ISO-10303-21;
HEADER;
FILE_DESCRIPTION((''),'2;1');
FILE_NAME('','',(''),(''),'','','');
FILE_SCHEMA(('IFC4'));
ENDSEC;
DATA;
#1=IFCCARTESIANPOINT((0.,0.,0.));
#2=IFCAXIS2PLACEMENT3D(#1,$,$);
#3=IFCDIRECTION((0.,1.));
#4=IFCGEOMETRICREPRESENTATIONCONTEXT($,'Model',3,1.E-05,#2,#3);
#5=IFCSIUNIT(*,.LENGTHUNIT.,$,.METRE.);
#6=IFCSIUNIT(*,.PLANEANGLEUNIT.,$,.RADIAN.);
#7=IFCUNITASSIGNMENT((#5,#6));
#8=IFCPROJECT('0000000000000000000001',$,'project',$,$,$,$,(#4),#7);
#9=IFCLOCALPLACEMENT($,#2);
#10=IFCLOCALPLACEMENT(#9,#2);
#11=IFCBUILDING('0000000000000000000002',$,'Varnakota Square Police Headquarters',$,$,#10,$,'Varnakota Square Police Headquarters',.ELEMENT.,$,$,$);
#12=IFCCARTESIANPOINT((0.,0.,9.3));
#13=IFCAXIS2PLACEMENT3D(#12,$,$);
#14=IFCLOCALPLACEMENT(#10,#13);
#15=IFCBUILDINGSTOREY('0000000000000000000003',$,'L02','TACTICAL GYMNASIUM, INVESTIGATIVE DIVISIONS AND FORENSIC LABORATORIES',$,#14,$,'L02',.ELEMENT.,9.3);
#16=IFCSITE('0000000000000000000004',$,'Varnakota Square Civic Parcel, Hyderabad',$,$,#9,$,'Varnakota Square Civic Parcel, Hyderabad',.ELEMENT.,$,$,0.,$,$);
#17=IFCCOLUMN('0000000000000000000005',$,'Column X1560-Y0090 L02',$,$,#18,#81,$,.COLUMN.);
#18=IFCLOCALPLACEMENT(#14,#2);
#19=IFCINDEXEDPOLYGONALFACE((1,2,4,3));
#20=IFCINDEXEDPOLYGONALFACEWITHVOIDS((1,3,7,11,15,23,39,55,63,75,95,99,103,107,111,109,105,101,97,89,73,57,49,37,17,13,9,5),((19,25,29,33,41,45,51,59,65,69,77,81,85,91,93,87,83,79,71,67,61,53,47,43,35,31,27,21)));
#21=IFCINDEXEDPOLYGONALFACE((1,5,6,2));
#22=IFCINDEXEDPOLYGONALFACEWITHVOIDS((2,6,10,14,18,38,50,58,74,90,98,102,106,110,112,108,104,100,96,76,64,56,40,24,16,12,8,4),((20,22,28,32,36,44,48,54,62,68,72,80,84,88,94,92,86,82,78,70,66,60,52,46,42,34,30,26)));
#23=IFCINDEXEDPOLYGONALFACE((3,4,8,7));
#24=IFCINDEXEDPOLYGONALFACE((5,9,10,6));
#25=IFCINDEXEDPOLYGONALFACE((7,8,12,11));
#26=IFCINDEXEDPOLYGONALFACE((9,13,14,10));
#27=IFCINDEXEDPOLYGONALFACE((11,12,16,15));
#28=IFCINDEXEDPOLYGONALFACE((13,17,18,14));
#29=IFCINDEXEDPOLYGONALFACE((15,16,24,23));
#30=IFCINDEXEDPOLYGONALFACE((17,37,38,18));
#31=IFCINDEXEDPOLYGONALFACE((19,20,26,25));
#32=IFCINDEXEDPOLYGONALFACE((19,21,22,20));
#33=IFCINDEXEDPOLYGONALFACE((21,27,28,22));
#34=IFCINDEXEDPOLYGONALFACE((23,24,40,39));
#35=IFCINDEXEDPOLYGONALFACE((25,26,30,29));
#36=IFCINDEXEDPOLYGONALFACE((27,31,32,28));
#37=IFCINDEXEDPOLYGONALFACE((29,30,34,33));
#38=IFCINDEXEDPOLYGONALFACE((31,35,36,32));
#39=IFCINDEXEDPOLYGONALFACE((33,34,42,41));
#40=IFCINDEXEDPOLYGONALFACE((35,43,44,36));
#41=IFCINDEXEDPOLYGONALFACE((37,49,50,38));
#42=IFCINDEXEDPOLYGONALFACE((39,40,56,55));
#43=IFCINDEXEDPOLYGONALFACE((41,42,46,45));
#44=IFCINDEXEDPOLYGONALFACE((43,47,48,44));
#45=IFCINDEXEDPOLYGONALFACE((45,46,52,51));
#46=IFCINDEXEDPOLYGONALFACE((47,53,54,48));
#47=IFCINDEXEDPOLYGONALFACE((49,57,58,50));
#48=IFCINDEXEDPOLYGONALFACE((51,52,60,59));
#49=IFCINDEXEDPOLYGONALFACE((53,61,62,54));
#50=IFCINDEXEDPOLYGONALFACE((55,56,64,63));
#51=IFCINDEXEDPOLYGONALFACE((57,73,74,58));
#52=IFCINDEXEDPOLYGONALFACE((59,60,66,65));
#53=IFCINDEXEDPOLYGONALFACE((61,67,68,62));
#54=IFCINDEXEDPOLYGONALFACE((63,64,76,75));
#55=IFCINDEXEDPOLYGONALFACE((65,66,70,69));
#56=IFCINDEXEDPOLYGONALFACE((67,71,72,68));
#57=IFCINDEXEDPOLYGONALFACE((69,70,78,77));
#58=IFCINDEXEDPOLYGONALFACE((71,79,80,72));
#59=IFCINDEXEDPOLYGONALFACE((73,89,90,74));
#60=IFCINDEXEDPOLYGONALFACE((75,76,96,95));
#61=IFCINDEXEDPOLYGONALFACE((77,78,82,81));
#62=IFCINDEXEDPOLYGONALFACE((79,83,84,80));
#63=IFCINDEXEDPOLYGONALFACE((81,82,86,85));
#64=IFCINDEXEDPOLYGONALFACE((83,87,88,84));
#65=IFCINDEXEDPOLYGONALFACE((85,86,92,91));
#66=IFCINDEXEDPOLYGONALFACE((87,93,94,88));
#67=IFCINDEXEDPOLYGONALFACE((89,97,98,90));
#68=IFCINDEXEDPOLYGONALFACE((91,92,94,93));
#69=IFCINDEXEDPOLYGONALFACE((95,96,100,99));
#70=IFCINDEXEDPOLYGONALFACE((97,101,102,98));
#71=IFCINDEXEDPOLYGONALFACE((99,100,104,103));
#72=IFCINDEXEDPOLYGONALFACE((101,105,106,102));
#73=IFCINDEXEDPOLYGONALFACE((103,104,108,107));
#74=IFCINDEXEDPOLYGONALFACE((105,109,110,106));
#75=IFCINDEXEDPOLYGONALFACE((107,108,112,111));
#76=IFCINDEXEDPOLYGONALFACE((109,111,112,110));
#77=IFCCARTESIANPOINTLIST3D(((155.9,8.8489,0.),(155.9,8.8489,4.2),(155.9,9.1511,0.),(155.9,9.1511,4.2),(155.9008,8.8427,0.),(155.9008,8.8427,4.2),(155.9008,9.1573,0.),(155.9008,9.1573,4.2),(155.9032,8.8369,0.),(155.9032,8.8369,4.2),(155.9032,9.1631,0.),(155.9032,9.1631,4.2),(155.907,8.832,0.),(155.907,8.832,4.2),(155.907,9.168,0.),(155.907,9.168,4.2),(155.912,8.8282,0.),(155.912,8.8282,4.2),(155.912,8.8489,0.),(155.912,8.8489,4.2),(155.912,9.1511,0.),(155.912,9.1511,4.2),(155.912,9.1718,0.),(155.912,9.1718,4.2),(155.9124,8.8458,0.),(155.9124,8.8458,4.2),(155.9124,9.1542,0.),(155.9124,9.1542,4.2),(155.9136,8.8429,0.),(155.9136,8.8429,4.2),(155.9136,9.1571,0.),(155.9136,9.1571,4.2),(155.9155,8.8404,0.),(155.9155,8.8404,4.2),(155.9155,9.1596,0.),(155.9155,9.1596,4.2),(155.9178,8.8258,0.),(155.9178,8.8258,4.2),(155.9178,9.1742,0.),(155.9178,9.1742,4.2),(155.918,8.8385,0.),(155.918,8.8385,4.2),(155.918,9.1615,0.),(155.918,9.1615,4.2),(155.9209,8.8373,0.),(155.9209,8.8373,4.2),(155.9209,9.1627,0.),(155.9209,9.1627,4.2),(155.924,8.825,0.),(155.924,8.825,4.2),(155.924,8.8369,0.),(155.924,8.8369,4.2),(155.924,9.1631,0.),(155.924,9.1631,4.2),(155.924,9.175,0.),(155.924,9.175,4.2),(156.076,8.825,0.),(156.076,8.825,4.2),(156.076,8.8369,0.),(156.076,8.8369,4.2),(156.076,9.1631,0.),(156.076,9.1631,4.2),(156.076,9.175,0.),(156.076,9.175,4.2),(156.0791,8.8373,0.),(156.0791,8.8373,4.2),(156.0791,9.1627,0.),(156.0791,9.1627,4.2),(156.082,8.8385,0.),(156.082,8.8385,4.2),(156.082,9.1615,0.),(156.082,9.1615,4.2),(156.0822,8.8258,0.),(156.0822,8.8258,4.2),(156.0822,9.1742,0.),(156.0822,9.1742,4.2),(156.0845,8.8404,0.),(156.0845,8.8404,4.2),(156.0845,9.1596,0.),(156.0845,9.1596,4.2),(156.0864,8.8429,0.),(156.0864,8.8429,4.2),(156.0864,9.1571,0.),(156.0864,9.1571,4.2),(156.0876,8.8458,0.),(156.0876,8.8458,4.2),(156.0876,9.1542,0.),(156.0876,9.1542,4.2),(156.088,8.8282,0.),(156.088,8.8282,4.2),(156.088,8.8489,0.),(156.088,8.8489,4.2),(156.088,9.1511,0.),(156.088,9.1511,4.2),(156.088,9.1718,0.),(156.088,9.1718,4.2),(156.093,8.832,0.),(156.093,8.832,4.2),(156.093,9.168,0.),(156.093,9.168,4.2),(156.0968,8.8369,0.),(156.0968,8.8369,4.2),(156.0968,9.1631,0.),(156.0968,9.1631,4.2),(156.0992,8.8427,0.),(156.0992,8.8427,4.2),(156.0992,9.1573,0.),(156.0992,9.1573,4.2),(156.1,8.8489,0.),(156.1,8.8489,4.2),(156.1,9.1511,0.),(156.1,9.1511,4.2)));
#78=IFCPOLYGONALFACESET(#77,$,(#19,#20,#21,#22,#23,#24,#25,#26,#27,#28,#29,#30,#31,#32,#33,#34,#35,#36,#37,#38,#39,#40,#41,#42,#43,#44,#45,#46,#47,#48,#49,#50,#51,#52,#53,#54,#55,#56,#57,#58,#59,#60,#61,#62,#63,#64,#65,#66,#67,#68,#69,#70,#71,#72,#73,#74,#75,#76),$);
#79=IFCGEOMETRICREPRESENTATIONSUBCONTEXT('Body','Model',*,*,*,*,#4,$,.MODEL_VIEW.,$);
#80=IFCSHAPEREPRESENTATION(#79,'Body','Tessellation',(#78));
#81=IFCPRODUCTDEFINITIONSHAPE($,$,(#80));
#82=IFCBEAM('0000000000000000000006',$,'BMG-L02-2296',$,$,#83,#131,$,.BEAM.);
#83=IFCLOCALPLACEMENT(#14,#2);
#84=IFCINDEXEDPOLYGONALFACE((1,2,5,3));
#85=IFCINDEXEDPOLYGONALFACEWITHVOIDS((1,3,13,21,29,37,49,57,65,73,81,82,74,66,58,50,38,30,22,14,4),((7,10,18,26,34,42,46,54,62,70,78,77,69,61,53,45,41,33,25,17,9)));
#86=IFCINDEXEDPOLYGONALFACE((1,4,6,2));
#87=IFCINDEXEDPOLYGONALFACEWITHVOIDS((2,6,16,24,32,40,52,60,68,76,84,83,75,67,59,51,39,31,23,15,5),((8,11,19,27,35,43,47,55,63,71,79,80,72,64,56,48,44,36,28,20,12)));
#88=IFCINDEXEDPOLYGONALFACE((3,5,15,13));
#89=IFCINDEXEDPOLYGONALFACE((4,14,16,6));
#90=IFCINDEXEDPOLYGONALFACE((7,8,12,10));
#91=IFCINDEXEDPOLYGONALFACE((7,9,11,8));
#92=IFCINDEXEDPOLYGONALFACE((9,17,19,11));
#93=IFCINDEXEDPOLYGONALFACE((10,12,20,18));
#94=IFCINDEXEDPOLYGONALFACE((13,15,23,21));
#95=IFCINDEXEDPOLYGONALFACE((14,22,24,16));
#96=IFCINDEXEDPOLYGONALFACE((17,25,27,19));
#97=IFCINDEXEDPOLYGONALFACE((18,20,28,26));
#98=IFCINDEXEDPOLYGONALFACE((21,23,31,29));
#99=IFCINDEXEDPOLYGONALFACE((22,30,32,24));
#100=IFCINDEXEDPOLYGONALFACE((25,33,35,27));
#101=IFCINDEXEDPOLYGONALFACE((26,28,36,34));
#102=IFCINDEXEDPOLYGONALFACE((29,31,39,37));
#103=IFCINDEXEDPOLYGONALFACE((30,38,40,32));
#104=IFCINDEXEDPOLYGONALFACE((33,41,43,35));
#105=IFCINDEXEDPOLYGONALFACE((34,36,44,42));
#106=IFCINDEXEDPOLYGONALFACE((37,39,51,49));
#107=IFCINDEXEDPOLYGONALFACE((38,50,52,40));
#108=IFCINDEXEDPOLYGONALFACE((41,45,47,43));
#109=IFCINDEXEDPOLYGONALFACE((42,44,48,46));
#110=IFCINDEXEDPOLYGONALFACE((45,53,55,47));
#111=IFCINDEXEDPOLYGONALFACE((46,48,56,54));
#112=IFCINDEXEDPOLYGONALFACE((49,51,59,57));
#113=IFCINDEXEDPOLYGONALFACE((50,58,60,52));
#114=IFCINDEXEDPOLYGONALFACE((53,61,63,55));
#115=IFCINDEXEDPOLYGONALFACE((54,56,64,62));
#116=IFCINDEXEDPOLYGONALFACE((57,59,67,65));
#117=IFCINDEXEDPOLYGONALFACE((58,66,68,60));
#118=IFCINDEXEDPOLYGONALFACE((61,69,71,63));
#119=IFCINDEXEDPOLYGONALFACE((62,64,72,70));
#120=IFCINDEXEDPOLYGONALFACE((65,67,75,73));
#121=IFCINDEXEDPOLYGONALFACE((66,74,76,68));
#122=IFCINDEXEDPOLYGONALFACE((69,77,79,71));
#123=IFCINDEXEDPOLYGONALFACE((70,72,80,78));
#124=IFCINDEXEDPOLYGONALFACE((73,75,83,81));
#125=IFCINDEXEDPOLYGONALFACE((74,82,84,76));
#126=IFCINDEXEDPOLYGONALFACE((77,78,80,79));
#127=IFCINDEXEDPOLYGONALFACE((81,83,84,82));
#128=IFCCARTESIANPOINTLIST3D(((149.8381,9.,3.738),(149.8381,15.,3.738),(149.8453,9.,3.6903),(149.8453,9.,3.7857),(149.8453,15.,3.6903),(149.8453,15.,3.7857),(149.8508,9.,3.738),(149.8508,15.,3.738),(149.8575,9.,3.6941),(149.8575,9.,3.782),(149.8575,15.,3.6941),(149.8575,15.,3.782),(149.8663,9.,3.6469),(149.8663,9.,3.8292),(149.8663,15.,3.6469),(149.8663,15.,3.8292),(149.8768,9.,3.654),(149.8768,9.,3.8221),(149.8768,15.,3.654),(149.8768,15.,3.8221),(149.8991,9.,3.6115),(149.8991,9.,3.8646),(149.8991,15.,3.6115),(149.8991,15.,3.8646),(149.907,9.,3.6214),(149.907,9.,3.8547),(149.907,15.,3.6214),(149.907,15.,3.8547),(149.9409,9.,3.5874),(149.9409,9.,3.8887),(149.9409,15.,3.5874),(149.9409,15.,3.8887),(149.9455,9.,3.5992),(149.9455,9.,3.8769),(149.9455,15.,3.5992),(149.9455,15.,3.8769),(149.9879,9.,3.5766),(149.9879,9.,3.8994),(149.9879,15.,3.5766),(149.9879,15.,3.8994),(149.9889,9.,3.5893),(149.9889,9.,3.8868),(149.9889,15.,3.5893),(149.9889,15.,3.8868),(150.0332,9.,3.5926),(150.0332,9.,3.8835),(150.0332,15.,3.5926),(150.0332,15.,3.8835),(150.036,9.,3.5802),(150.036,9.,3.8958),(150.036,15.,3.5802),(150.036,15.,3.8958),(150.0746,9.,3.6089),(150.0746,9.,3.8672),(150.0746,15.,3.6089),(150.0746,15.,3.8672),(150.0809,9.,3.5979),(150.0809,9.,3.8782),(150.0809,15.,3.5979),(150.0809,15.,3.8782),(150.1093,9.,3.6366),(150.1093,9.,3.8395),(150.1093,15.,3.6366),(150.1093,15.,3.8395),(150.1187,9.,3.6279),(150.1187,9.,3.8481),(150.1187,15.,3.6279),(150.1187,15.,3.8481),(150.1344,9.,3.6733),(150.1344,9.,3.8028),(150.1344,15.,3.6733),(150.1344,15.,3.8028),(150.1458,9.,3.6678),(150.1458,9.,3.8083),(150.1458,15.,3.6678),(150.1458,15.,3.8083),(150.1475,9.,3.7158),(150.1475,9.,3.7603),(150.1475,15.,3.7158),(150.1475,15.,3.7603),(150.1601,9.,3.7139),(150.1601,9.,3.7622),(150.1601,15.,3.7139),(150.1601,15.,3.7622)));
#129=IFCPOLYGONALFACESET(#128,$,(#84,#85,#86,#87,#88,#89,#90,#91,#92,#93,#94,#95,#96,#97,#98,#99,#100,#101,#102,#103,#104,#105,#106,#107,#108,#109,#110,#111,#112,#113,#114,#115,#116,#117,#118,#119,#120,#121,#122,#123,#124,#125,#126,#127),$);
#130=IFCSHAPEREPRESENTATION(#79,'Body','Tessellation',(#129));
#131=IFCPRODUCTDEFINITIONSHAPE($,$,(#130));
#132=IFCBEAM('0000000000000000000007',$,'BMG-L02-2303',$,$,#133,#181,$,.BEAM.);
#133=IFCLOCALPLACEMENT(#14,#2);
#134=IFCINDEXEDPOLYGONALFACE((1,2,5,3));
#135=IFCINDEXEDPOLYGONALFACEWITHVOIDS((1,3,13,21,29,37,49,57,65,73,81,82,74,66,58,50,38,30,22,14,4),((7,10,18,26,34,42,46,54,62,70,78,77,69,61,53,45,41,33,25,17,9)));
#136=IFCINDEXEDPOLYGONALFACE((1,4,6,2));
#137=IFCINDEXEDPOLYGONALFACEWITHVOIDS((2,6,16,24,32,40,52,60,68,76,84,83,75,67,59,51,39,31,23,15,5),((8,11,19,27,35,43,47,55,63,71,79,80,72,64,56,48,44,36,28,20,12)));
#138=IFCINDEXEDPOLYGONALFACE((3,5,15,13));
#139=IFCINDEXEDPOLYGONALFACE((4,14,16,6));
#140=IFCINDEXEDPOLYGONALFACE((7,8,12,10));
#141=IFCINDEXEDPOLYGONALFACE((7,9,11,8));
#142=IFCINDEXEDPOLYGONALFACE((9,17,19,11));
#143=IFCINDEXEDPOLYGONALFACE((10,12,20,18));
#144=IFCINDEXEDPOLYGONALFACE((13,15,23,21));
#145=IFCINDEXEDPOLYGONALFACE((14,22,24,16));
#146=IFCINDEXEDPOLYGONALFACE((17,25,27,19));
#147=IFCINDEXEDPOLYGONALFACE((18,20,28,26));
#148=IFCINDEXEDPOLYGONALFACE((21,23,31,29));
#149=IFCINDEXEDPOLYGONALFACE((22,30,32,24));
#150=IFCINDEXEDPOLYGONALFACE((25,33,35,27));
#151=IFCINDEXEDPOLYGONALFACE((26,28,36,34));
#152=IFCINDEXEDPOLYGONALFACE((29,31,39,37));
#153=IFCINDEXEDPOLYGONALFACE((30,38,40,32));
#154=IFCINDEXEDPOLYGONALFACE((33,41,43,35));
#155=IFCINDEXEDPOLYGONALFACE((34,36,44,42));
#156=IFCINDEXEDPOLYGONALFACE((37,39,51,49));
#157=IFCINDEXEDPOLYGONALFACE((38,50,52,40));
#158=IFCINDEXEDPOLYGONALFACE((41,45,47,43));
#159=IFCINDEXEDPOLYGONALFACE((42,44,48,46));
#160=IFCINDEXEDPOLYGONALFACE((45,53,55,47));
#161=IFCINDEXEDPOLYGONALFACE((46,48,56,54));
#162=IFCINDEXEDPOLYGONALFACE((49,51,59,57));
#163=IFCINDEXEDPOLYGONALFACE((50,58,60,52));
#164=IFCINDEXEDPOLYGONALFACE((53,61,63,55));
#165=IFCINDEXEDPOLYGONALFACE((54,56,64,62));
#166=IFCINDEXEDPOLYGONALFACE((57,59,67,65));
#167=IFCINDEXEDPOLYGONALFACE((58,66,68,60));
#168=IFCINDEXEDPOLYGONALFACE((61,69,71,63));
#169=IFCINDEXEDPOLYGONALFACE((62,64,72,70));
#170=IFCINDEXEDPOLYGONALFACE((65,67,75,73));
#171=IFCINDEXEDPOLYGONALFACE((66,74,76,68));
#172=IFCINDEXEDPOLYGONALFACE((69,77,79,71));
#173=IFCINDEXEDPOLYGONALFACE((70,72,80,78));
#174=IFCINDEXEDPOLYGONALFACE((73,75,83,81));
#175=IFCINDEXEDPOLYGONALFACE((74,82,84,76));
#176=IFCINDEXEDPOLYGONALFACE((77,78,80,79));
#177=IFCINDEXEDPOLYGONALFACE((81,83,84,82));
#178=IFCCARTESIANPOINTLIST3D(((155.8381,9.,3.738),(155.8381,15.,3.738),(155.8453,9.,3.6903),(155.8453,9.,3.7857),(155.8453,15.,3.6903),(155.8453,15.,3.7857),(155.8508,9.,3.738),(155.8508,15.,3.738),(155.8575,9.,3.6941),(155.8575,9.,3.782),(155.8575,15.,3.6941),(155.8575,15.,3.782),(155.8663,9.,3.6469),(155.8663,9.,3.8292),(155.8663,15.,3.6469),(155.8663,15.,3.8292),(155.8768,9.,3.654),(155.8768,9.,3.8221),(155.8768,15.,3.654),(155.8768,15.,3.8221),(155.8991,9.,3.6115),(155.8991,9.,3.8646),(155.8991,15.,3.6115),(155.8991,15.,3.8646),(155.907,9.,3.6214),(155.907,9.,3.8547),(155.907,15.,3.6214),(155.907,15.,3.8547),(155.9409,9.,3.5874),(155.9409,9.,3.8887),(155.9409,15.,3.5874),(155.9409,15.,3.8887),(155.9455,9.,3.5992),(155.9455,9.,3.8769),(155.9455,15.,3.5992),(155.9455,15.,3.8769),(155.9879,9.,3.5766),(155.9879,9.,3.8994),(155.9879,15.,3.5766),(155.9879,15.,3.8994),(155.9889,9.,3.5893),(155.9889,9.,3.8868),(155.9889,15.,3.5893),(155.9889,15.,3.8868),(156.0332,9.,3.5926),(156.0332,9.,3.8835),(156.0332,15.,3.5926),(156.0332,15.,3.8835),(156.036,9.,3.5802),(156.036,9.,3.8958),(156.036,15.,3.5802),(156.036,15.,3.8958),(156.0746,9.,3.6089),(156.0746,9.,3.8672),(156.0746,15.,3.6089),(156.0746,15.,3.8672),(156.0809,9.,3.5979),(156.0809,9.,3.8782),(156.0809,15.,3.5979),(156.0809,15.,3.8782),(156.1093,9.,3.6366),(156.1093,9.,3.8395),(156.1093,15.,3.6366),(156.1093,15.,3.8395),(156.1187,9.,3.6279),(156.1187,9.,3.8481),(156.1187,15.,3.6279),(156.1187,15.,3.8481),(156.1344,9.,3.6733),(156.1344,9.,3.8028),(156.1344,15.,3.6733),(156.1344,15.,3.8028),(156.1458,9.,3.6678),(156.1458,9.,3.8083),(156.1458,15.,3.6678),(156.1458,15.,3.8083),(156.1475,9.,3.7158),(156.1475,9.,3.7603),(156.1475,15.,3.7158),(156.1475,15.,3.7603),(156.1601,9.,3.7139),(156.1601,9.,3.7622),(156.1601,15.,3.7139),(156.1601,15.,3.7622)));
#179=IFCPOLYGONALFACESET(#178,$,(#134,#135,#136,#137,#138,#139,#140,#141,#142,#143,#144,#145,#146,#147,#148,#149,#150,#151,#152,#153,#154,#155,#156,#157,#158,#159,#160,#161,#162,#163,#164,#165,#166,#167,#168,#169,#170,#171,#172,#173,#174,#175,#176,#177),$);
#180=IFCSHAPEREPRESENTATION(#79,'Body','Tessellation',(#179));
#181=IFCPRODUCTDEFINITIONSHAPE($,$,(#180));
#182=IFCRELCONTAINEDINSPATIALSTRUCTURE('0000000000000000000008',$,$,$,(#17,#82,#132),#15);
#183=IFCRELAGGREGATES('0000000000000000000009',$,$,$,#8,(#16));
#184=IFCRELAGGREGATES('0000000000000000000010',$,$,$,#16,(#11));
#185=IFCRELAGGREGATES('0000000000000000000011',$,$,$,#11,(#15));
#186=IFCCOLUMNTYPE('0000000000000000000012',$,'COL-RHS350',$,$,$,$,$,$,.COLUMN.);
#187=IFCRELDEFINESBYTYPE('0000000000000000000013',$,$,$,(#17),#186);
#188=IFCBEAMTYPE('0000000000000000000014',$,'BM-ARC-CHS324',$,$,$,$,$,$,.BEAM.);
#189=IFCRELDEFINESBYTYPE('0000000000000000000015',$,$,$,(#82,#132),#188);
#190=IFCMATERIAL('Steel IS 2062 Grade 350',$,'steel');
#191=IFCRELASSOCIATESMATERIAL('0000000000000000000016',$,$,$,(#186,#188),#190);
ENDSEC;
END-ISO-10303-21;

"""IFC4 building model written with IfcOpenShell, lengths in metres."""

from ifc_helpers import new_model, si_unit, direction, frame, origin, origin_2d, place, context, subcontext, project, spatial, hollow_rectangle, hollow_circle, extrude, material, material_profile, profile_set, type_object, element, save


model = new_model("IFC4")

# Units and contexts
model_context = context("Model", 3, precision=1e-05, world=origin(), true_north=direction((0.0, 1.0)))
body_context = subcontext(model_context, "Body", "Model", "MODEL_VIEW")
ifc_project = project(units=[si_unit("LENGTHUNIT", "METRE"), si_unit("PLANEANGLEUNIT", "RADIAN")], contexts=[model_context])

# Site, building, storey
site_placement = place(None, origin())
site = spatial("IfcSite", under=ifc_project, at=site_placement, Name="Varnakota Square Civic Parcel, Hyderabad", LongName="Varnakota Square Civic Parcel, Hyderabad", CompositionType="ELEMENT", RefElevation=0.0)
building_placement = place(site_placement, origin())
building = spatial("IfcBuilding", under=site, at=building_placement, Name="Varnakota Square Police Headquarters", LongName="Varnakota Square Police Headquarters", CompositionType="ELEMENT")
storey_placement = place(building_placement, frame((0.0, 0.0, 9.3)))
storey = spatial("IfcBuildingStorey", under=building, at=storey_placement, Name="L02", Description="TACTICAL GYMNASIUM, INVESTIGATIVE DIVISIONS AND FORENSIC LABORATORIES", LongName="L02", CompositionType="ELEMENT", Elevation=9.3)

# Column
ifc_material_1 = material(Name="Steel IS 2062 Grade 350", Category="steel")
ifc_material_profile_1 = material_profile(ifc_material_1, hollow_rectangle(XDim=0.2, YDim=0.3501, WallThickness=0.012, InnerFilletRadius=0.012, OuterFilletRadius=0.0239, at=origin_2d()), Name="RHS 350x200x12")
ifc_profile_set_1 = profile_set([ifc_material_profile_1], Name="Steel IS 2062 Grade 350")
column_type_1 = type_object("IfcColumnType", Name="COL-RHS350", PredefinedType="COLUMN", material=ifc_profile_set_1)
for number, where, z_axis, x_axis, name in (
    (1, (156.0, 9.0, 0.0), (0.0, 0.0, 1.0), (1.0, 0.0, 0.0), "Column X1560-Y0090 L02"),
):
    element("IfcColumn", number, at=place(storey_placement, frame(where, z_axis=z_axis, x_axis=x_axis)), inside=storey, type_object=column_type_1, Name=name, PredefinedType="COLUMN", context=body_context, shape_type="SweptSolid", body=[
        extrude(hollow_rectangle(XDim=0.2, YDim=0.3501, WallThickness=0.012, InnerFilletRadius=0.012, OuterFilletRadius=0.0239, at=origin_2d()), origin(), (0.0, 0.0, 1.0), 4.2),
    ])

# Beams
ifc_material_profile_2 = material_profile(ifc_material_1, hollow_circle(Radius=0.1619, WallThickness=0.0127, at=origin_2d()), Name="CHS 323.9x12.7")
ifc_profile_set_2 = profile_set([ifc_material_profile_2], Name="Steel IS 2062 Grade 350")
beam_type_1 = type_object("IfcBeamType", Name="BM-ARC-CHS324", PredefinedType="BEAM", material=ifc_profile_set_2)
for number, where, z_axis, x_axis, name in (
    (2, (150.0, 9.0, 3.738), (0.0, 1.0, 0.0), (-1.0, 0.0, 0.0), "BMG-L02-2296"),
    (3, (156.0, 9.0, 3.738), (0.0, 1.0, 0.0), (-1.0, 0.0, 0.0), "BMG-L02-2303"),
):
    element("IfcBeam", number, at=place(storey_placement, frame(where, z_axis=z_axis, x_axis=x_axis)), inside=storey, type_object=beam_type_1, Name=name, PredefinedType="BEAM", context=body_context, shape_type="SweptSolid", body=[
        extrude(hollow_circle(Radius=0.1619, WallThickness=0.0127, at=origin_2d()), origin(), (0.0, 0.0, 1.0), 6.0),
    ])

save(model, "model.ifc")
